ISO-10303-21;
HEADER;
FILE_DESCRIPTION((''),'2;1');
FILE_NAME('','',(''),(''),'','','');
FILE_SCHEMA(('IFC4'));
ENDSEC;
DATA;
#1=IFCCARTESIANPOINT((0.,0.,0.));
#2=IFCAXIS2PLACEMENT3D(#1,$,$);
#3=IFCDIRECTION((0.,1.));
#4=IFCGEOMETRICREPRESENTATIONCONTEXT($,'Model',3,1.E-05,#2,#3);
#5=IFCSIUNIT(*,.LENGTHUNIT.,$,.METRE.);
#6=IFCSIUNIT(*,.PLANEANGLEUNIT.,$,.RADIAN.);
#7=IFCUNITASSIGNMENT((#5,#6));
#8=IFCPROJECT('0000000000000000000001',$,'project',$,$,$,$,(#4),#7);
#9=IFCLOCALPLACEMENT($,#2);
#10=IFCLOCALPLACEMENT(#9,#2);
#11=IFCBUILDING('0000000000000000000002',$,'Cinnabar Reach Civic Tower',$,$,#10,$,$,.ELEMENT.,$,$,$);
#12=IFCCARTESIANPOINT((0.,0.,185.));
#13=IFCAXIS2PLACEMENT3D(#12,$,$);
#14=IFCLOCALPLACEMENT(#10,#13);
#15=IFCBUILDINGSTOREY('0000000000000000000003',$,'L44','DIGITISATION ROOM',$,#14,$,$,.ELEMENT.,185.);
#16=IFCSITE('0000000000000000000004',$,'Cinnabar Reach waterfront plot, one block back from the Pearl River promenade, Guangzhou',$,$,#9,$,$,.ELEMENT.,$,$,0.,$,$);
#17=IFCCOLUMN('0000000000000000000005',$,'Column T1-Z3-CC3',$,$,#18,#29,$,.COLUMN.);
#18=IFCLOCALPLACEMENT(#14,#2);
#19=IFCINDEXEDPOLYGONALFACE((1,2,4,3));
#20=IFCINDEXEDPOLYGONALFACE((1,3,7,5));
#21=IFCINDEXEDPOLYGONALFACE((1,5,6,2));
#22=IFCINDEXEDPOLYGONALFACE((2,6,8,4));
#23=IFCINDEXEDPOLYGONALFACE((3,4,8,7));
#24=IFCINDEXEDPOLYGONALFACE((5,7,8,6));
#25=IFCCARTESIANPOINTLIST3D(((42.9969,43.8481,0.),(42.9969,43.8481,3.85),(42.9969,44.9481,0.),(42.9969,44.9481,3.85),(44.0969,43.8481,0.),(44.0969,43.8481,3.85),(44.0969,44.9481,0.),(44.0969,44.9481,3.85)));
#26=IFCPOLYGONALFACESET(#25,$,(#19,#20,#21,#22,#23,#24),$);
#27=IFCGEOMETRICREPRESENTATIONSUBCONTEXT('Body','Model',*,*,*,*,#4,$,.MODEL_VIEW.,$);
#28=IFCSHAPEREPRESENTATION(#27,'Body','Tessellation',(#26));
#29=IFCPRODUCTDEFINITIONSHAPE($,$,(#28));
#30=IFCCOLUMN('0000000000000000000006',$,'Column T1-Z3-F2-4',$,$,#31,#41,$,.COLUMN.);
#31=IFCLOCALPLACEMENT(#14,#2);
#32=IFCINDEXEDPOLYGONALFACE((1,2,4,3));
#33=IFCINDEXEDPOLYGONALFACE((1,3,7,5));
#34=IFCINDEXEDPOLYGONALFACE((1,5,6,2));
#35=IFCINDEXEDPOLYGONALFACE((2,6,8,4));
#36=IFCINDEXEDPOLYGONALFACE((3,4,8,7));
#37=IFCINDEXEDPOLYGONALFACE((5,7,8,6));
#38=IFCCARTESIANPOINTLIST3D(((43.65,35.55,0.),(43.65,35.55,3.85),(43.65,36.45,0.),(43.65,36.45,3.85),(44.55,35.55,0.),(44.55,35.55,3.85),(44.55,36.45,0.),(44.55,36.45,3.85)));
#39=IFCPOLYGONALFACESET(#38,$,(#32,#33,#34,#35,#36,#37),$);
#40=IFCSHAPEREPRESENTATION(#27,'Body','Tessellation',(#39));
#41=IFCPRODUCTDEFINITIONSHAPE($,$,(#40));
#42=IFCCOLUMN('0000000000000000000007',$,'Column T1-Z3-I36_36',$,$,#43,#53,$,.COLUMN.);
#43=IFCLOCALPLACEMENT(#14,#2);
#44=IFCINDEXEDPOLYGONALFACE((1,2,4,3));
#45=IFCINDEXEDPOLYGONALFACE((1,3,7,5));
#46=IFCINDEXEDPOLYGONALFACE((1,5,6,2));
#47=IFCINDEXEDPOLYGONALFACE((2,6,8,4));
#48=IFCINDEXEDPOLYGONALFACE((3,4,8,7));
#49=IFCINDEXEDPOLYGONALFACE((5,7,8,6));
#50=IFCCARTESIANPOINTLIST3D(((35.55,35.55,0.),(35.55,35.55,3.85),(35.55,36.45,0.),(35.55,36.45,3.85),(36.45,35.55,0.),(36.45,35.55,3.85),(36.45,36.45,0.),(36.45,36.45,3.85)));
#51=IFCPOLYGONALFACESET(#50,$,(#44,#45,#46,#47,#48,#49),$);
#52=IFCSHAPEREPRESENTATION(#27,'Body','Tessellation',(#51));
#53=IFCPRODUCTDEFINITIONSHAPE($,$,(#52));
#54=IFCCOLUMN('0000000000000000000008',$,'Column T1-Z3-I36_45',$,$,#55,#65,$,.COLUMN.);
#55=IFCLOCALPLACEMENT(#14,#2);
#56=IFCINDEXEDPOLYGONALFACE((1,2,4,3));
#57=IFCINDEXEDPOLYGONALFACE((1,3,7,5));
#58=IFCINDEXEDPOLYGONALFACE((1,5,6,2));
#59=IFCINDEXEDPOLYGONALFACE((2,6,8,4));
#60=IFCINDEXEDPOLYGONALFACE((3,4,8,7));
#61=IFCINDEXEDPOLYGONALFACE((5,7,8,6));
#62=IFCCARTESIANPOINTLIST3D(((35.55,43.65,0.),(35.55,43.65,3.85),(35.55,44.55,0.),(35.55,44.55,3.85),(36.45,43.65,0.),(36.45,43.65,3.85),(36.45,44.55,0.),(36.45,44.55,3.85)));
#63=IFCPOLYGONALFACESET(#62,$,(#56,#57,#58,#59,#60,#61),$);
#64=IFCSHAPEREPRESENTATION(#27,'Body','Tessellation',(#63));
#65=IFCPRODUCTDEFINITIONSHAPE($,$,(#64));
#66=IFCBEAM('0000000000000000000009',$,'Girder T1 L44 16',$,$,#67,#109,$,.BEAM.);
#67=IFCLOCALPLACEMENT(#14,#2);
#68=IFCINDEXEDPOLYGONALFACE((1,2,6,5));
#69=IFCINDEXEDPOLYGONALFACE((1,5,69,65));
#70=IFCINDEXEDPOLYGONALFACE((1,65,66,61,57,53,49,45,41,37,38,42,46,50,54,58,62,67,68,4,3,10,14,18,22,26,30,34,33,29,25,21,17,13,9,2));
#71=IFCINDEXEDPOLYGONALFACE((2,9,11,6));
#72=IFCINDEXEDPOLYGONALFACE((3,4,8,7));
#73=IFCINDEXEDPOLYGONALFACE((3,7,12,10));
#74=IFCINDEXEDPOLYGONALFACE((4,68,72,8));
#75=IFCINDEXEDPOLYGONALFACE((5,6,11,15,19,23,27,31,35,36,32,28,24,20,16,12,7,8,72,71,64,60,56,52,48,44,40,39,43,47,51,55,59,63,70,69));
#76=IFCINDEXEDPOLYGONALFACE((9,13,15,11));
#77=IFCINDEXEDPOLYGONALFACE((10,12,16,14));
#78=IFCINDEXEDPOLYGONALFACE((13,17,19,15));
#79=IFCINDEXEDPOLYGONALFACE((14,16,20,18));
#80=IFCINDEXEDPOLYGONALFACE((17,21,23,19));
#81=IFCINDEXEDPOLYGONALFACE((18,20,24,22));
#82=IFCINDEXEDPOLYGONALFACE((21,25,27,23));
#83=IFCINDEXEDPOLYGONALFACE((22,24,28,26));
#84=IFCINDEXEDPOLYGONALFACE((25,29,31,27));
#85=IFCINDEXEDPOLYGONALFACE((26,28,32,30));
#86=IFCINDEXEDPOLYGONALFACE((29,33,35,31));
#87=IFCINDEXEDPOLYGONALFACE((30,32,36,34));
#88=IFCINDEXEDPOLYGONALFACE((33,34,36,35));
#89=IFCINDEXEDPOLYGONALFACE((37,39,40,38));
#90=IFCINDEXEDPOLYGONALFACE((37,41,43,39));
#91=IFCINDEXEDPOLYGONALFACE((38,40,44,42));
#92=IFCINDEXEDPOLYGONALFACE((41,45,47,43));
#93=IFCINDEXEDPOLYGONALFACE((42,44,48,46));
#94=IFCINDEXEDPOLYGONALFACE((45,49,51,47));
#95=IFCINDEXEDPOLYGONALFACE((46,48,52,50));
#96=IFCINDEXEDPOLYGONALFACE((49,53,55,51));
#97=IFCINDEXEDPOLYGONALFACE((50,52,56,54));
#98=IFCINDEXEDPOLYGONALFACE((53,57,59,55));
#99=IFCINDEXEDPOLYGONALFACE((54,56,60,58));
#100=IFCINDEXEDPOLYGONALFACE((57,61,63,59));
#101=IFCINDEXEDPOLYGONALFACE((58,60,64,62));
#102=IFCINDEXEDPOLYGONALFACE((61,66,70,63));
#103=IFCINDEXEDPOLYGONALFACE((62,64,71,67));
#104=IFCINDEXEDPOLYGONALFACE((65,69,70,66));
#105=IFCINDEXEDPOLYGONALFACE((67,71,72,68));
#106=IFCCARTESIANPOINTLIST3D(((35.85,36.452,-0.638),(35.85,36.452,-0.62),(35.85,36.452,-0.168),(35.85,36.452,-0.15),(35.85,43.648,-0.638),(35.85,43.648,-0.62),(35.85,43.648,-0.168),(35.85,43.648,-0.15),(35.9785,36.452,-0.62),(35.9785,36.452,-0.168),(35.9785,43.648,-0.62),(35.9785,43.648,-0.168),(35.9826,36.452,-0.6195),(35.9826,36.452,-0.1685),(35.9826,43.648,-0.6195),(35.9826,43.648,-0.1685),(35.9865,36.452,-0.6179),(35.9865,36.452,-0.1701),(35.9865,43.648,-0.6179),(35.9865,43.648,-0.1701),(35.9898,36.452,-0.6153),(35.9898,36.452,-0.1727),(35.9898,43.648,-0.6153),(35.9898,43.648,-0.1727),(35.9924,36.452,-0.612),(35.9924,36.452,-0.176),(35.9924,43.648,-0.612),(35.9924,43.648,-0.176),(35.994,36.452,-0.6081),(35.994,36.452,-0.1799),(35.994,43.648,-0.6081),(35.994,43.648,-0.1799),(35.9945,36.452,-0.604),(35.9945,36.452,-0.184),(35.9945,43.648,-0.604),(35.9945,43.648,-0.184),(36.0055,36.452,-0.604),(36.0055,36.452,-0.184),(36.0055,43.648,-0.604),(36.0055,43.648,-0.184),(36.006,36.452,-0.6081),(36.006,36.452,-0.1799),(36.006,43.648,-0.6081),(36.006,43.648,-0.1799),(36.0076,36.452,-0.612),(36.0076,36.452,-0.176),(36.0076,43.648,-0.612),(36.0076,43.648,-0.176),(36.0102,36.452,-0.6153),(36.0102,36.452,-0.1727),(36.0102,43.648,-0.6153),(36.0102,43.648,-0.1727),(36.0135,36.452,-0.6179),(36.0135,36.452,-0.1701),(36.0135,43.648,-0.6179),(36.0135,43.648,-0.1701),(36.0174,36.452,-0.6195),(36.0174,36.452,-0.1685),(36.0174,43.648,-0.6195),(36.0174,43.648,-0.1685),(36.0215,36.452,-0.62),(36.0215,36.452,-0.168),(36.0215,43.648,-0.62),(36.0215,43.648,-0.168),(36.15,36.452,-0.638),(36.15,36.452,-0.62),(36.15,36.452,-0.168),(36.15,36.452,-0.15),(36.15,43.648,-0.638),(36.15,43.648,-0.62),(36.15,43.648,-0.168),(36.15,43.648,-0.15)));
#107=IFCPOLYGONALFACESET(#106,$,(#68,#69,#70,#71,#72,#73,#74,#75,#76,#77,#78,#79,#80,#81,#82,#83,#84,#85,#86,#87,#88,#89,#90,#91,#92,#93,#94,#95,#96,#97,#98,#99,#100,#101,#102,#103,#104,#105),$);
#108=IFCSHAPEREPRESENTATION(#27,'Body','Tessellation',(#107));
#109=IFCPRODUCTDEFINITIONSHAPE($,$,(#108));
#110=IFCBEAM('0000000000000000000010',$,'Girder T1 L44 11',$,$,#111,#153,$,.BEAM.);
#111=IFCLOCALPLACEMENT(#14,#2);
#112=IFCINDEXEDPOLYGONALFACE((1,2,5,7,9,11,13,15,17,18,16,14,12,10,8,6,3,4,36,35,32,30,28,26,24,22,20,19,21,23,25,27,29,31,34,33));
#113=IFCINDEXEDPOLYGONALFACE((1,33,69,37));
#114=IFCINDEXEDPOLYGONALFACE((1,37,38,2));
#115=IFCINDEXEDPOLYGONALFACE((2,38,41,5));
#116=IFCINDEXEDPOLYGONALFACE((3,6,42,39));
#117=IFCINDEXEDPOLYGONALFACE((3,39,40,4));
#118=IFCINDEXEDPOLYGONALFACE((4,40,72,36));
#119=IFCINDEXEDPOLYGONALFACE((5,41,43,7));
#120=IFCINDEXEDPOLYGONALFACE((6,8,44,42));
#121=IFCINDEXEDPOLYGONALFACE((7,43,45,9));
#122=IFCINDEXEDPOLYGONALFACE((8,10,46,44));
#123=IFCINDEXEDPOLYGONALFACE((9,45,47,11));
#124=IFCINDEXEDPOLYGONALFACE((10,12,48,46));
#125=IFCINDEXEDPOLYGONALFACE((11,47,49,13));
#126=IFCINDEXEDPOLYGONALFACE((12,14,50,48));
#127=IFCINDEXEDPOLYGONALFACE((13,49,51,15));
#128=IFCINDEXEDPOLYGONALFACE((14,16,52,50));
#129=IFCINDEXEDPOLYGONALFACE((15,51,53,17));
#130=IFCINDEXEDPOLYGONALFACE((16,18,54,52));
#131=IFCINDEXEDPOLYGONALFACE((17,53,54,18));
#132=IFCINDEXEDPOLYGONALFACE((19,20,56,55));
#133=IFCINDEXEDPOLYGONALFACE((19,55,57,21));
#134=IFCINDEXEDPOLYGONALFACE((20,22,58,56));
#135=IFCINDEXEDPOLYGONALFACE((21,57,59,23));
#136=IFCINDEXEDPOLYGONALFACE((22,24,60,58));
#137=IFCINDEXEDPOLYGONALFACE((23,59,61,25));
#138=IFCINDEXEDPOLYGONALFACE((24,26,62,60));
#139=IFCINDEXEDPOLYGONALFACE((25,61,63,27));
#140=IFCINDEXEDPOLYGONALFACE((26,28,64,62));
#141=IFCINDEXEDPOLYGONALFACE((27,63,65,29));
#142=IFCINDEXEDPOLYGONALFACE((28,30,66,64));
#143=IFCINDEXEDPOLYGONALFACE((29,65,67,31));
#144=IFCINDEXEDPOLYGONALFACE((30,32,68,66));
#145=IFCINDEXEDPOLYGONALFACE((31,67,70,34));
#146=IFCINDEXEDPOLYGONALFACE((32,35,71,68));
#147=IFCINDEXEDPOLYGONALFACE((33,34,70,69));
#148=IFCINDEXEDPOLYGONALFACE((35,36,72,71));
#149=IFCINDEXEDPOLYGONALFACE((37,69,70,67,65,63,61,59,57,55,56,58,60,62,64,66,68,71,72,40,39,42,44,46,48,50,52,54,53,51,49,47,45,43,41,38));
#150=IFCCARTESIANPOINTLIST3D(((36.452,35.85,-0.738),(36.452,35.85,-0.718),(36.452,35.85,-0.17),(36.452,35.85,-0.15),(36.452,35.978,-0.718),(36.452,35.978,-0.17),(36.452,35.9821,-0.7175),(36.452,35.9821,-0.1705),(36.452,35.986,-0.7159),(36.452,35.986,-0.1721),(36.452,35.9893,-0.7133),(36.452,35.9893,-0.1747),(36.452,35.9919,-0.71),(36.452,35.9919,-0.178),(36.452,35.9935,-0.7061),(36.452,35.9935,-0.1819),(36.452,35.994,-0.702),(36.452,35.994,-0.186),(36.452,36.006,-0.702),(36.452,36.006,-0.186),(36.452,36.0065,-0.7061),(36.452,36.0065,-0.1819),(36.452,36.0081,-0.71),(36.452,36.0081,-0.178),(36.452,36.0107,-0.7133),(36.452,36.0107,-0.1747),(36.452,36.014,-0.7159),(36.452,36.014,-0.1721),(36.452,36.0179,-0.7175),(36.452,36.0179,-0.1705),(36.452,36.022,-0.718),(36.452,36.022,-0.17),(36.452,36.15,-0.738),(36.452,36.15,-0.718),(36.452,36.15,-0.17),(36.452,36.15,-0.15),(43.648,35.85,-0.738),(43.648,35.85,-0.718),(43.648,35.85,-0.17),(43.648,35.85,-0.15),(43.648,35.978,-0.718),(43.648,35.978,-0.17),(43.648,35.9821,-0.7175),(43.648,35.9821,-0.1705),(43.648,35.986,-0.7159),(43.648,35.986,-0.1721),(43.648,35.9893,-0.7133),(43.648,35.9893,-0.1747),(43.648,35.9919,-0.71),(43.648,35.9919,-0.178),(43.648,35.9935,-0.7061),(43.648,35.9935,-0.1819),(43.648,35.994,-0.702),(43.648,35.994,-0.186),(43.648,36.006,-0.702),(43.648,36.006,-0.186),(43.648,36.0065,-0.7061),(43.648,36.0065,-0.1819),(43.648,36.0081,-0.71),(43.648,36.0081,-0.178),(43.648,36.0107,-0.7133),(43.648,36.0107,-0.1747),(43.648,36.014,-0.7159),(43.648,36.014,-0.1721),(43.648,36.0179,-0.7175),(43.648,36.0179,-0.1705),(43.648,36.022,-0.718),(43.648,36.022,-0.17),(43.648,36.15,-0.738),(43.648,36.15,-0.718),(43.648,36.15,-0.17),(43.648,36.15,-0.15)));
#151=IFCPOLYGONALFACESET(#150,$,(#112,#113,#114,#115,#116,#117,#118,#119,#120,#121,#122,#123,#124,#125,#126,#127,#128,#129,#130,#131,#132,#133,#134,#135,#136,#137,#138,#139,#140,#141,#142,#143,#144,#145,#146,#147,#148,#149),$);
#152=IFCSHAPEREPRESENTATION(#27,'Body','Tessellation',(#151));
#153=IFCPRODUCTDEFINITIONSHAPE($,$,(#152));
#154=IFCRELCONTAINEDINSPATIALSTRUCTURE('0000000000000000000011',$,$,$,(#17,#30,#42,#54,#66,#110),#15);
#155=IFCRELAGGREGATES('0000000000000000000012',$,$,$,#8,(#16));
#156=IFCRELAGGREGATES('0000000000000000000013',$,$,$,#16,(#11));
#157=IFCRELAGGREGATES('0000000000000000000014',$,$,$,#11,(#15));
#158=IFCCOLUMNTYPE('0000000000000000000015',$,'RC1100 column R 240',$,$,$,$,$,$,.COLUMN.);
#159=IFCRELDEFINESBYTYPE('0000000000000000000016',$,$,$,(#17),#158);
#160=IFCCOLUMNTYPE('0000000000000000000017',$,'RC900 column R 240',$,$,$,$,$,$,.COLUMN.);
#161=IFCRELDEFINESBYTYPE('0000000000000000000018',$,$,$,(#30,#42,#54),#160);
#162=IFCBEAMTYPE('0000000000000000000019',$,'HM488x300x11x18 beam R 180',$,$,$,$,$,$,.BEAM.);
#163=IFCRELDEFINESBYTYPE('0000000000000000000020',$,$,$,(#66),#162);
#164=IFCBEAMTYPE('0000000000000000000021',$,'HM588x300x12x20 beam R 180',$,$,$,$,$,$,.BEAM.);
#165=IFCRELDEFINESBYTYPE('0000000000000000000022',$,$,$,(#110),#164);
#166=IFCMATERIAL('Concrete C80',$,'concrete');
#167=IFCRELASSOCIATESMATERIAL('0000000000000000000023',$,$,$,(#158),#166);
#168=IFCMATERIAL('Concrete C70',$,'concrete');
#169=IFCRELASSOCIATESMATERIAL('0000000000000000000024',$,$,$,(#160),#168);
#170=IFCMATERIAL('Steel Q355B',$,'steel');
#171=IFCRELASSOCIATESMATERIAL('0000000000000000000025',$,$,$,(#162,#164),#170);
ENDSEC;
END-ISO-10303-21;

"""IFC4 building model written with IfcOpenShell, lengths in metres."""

from ifc_helpers import new_model, si_unit, direction, frame, origin, origin_2d, place, context, subcontext, project, spatial, rectangle, i_section, extrude, material, material_profile, profile_set, type_object, element, save


model = new_model("IFC4")

# Units and contexts
model_context = context("Model", 3, precision=1e-05, world=origin(), true_north=direction((0.0, 1.0)))
body_context = subcontext(model_context, "Body", "Model", "MODEL_VIEW")
ifc_project = project(units=[si_unit("LENGTHUNIT", "METRE"), si_unit("PLANEANGLEUNIT", "RADIAN")], contexts=[model_context])

# Site, building, storey
site_placement = place(None, origin())
site = spatial("IfcSite", under=ifc_project, at=site_placement, Name="Cinnabar Reach waterfront plot, one block back from the Pearl River promenade, Guangzhou", CompositionType="ELEMENT", RefElevation=0.0)
building_placement = place(site_placement, origin())
building = spatial("IfcBuilding", under=site, at=building_placement, Name="Cinnabar Reach Civic Tower", CompositionType="ELEMENT")
storey_placement = place(building_placement, frame((0.0, 0.0, 185.0)))
storey = spatial("IfcBuildingStorey", under=building, at=storey_placement, Name="L44", Description="DIGITISATION ROOM", CompositionType="ELEMENT", Elevation=185.0)

# Columns
ifc_material_1 = material(Name="Concrete C80", Category="concrete")
ifc_material_profile_1 = material_profile(ifc_material_1, rectangle(XDim=1.1, YDim=1.1, at=origin_2d()), Name="RC1100")
ifc_profile_set_1 = profile_set([ifc_material_profile_1], Name="Concrete C80")
column_type_1 = type_object("IfcColumnType", Name="RC1100 column R 240", PredefinedType="COLUMN", material=ifc_profile_set_1)
column_placement = place(storey_placement, frame((43.5469, 44.3981, 0.0), z_axis=(0.0, 0.0, 1.0), x_axis=(1.0, 0.0, 0.0)))
element("IfcColumn", 1, at=column_placement, inside=storey, type_object=column_type_1, Name="Column T1-Z3-CC3", PredefinedType="COLUMN", context=body_context, shape_type="SweptSolid", body=[
    extrude(rectangle(XDim=1.1, YDim=1.1, at=origin_2d()), origin(), (0.0, 0.0, 1.0), 3.85),
])
ifc_material_2 = material(Name="Concrete C70", Category="concrete")
ifc_material_profile_2 = material_profile(ifc_material_2, rectangle(XDim=0.9, YDim=0.9, at=origin_2d()), Name="RC900")
ifc_profile_set_2 = profile_set([ifc_material_profile_2], Name="Concrete C70")
column_type_2 = type_object("IfcColumnType", Name="RC900 column R 240", PredefinedType="COLUMN", material=ifc_profile_set_2)
for number, where, z_axis, x_axis, name in (
    (2, (44.1, 36.0, 0.0), (0.0, 0.0, 1.0), (1.0, 0.0, 0.0), "Column T1-Z3-F2-4"),
    (3, (36.0, 36.0, 0.0), (0.0, 0.0, 1.0), (1.0, 0.0, 0.0), "Column T1-Z3-I36_36"),
    (4, (36.0, 44.1, 0.0), (0.0, 0.0, 1.0), (1.0, 0.0, 0.0), "Column T1-Z3-I36_45"),
):
    element("IfcColumn", number, at=place(storey_placement, frame(where, z_axis=z_axis, x_axis=x_axis)), inside=storey, type_object=column_type_2, Name=name, PredefinedType="COLUMN", context=body_context, shape_type="SweptSolid", body=[
        extrude(rectangle(XDim=0.9, YDim=0.9, at=origin_2d()), origin(), (0.0, 0.0, 1.0), 3.85),
    ])

# Beams
ifc_material_3 = material(Name="Steel Q355B", Category="steel")
ifc_material_profile_3 = material_profile(ifc_material_3, i_section(OverallWidth=0.3, OverallDepth=0.488, WebThickness=0.011, FlangeThickness=0.018, FilletRadius=0.016, at=origin_2d()), Name="HM488x300x11x18")
ifc_profile_set_3 = profile_set([ifc_material_profile_3], Name="Steel Q355B")
beam_type_1 = type_object("IfcBeamType", Name="HM488x300x11x18 beam R 180", PredefinedType="BEAM", material=ifc_profile_set_3)
beam_1_placement = place(storey_placement, frame((36.0, 36.452, -0.394), z_axis=(0.0, 1.0, 0.0), x_axis=(-1.0, 0.0, 0.0)))
element("IfcBeam", 5, at=beam_1_placement, inside=storey, type_object=beam_type_1, Name="Girder T1 L44 16", PredefinedType="BEAM", context=body_context, shape_type="SweptSolid", body=[
    extrude(i_section(OverallWidth=0.3, OverallDepth=0.488, WebThickness=0.011, FlangeThickness=0.018, FilletRadius=0.016, at=origin_2d()), origin(), (0.0, 0.0, 1.0), 7.196),
])
ifc_material_profile_4 = material_profile(ifc_material_3, i_section(OverallWidth=0.3, OverallDepth=0.588, WebThickness=0.012, FlangeThickness=0.02, FilletRadius=0.016, at=origin_2d()), Name="HM588x300x12x20")
ifc_profile_set_4 = profile_set([ifc_material_profile_4], Name="Steel Q355B")
beam_type_2 = type_object("IfcBeamType", Name="HM588x300x12x20 beam R 180", PredefinedType="BEAM", material=ifc_profile_set_4)
beam_2_placement = place(storey_placement, frame((36.452, 36.0, -0.444), z_axis=(1.0, 0.0, 0.0), x_axis=(0.0, 1.0, 0.0)))
element("IfcBeam", 6, at=beam_2_placement, inside=storey, type_object=beam_type_2, Name="Girder T1 L44 11", PredefinedType="BEAM", context=body_context, shape_type="SweptSolid", body=[
    extrude(i_section(OverallWidth=0.3, OverallDepth=0.588, WebThickness=0.012, FlangeThickness=0.02, FilletRadius=0.016, at=origin_2d()), origin(), (0.0, 0.0, 1.0), 7.196),
])

save(model, "model.ifc")
